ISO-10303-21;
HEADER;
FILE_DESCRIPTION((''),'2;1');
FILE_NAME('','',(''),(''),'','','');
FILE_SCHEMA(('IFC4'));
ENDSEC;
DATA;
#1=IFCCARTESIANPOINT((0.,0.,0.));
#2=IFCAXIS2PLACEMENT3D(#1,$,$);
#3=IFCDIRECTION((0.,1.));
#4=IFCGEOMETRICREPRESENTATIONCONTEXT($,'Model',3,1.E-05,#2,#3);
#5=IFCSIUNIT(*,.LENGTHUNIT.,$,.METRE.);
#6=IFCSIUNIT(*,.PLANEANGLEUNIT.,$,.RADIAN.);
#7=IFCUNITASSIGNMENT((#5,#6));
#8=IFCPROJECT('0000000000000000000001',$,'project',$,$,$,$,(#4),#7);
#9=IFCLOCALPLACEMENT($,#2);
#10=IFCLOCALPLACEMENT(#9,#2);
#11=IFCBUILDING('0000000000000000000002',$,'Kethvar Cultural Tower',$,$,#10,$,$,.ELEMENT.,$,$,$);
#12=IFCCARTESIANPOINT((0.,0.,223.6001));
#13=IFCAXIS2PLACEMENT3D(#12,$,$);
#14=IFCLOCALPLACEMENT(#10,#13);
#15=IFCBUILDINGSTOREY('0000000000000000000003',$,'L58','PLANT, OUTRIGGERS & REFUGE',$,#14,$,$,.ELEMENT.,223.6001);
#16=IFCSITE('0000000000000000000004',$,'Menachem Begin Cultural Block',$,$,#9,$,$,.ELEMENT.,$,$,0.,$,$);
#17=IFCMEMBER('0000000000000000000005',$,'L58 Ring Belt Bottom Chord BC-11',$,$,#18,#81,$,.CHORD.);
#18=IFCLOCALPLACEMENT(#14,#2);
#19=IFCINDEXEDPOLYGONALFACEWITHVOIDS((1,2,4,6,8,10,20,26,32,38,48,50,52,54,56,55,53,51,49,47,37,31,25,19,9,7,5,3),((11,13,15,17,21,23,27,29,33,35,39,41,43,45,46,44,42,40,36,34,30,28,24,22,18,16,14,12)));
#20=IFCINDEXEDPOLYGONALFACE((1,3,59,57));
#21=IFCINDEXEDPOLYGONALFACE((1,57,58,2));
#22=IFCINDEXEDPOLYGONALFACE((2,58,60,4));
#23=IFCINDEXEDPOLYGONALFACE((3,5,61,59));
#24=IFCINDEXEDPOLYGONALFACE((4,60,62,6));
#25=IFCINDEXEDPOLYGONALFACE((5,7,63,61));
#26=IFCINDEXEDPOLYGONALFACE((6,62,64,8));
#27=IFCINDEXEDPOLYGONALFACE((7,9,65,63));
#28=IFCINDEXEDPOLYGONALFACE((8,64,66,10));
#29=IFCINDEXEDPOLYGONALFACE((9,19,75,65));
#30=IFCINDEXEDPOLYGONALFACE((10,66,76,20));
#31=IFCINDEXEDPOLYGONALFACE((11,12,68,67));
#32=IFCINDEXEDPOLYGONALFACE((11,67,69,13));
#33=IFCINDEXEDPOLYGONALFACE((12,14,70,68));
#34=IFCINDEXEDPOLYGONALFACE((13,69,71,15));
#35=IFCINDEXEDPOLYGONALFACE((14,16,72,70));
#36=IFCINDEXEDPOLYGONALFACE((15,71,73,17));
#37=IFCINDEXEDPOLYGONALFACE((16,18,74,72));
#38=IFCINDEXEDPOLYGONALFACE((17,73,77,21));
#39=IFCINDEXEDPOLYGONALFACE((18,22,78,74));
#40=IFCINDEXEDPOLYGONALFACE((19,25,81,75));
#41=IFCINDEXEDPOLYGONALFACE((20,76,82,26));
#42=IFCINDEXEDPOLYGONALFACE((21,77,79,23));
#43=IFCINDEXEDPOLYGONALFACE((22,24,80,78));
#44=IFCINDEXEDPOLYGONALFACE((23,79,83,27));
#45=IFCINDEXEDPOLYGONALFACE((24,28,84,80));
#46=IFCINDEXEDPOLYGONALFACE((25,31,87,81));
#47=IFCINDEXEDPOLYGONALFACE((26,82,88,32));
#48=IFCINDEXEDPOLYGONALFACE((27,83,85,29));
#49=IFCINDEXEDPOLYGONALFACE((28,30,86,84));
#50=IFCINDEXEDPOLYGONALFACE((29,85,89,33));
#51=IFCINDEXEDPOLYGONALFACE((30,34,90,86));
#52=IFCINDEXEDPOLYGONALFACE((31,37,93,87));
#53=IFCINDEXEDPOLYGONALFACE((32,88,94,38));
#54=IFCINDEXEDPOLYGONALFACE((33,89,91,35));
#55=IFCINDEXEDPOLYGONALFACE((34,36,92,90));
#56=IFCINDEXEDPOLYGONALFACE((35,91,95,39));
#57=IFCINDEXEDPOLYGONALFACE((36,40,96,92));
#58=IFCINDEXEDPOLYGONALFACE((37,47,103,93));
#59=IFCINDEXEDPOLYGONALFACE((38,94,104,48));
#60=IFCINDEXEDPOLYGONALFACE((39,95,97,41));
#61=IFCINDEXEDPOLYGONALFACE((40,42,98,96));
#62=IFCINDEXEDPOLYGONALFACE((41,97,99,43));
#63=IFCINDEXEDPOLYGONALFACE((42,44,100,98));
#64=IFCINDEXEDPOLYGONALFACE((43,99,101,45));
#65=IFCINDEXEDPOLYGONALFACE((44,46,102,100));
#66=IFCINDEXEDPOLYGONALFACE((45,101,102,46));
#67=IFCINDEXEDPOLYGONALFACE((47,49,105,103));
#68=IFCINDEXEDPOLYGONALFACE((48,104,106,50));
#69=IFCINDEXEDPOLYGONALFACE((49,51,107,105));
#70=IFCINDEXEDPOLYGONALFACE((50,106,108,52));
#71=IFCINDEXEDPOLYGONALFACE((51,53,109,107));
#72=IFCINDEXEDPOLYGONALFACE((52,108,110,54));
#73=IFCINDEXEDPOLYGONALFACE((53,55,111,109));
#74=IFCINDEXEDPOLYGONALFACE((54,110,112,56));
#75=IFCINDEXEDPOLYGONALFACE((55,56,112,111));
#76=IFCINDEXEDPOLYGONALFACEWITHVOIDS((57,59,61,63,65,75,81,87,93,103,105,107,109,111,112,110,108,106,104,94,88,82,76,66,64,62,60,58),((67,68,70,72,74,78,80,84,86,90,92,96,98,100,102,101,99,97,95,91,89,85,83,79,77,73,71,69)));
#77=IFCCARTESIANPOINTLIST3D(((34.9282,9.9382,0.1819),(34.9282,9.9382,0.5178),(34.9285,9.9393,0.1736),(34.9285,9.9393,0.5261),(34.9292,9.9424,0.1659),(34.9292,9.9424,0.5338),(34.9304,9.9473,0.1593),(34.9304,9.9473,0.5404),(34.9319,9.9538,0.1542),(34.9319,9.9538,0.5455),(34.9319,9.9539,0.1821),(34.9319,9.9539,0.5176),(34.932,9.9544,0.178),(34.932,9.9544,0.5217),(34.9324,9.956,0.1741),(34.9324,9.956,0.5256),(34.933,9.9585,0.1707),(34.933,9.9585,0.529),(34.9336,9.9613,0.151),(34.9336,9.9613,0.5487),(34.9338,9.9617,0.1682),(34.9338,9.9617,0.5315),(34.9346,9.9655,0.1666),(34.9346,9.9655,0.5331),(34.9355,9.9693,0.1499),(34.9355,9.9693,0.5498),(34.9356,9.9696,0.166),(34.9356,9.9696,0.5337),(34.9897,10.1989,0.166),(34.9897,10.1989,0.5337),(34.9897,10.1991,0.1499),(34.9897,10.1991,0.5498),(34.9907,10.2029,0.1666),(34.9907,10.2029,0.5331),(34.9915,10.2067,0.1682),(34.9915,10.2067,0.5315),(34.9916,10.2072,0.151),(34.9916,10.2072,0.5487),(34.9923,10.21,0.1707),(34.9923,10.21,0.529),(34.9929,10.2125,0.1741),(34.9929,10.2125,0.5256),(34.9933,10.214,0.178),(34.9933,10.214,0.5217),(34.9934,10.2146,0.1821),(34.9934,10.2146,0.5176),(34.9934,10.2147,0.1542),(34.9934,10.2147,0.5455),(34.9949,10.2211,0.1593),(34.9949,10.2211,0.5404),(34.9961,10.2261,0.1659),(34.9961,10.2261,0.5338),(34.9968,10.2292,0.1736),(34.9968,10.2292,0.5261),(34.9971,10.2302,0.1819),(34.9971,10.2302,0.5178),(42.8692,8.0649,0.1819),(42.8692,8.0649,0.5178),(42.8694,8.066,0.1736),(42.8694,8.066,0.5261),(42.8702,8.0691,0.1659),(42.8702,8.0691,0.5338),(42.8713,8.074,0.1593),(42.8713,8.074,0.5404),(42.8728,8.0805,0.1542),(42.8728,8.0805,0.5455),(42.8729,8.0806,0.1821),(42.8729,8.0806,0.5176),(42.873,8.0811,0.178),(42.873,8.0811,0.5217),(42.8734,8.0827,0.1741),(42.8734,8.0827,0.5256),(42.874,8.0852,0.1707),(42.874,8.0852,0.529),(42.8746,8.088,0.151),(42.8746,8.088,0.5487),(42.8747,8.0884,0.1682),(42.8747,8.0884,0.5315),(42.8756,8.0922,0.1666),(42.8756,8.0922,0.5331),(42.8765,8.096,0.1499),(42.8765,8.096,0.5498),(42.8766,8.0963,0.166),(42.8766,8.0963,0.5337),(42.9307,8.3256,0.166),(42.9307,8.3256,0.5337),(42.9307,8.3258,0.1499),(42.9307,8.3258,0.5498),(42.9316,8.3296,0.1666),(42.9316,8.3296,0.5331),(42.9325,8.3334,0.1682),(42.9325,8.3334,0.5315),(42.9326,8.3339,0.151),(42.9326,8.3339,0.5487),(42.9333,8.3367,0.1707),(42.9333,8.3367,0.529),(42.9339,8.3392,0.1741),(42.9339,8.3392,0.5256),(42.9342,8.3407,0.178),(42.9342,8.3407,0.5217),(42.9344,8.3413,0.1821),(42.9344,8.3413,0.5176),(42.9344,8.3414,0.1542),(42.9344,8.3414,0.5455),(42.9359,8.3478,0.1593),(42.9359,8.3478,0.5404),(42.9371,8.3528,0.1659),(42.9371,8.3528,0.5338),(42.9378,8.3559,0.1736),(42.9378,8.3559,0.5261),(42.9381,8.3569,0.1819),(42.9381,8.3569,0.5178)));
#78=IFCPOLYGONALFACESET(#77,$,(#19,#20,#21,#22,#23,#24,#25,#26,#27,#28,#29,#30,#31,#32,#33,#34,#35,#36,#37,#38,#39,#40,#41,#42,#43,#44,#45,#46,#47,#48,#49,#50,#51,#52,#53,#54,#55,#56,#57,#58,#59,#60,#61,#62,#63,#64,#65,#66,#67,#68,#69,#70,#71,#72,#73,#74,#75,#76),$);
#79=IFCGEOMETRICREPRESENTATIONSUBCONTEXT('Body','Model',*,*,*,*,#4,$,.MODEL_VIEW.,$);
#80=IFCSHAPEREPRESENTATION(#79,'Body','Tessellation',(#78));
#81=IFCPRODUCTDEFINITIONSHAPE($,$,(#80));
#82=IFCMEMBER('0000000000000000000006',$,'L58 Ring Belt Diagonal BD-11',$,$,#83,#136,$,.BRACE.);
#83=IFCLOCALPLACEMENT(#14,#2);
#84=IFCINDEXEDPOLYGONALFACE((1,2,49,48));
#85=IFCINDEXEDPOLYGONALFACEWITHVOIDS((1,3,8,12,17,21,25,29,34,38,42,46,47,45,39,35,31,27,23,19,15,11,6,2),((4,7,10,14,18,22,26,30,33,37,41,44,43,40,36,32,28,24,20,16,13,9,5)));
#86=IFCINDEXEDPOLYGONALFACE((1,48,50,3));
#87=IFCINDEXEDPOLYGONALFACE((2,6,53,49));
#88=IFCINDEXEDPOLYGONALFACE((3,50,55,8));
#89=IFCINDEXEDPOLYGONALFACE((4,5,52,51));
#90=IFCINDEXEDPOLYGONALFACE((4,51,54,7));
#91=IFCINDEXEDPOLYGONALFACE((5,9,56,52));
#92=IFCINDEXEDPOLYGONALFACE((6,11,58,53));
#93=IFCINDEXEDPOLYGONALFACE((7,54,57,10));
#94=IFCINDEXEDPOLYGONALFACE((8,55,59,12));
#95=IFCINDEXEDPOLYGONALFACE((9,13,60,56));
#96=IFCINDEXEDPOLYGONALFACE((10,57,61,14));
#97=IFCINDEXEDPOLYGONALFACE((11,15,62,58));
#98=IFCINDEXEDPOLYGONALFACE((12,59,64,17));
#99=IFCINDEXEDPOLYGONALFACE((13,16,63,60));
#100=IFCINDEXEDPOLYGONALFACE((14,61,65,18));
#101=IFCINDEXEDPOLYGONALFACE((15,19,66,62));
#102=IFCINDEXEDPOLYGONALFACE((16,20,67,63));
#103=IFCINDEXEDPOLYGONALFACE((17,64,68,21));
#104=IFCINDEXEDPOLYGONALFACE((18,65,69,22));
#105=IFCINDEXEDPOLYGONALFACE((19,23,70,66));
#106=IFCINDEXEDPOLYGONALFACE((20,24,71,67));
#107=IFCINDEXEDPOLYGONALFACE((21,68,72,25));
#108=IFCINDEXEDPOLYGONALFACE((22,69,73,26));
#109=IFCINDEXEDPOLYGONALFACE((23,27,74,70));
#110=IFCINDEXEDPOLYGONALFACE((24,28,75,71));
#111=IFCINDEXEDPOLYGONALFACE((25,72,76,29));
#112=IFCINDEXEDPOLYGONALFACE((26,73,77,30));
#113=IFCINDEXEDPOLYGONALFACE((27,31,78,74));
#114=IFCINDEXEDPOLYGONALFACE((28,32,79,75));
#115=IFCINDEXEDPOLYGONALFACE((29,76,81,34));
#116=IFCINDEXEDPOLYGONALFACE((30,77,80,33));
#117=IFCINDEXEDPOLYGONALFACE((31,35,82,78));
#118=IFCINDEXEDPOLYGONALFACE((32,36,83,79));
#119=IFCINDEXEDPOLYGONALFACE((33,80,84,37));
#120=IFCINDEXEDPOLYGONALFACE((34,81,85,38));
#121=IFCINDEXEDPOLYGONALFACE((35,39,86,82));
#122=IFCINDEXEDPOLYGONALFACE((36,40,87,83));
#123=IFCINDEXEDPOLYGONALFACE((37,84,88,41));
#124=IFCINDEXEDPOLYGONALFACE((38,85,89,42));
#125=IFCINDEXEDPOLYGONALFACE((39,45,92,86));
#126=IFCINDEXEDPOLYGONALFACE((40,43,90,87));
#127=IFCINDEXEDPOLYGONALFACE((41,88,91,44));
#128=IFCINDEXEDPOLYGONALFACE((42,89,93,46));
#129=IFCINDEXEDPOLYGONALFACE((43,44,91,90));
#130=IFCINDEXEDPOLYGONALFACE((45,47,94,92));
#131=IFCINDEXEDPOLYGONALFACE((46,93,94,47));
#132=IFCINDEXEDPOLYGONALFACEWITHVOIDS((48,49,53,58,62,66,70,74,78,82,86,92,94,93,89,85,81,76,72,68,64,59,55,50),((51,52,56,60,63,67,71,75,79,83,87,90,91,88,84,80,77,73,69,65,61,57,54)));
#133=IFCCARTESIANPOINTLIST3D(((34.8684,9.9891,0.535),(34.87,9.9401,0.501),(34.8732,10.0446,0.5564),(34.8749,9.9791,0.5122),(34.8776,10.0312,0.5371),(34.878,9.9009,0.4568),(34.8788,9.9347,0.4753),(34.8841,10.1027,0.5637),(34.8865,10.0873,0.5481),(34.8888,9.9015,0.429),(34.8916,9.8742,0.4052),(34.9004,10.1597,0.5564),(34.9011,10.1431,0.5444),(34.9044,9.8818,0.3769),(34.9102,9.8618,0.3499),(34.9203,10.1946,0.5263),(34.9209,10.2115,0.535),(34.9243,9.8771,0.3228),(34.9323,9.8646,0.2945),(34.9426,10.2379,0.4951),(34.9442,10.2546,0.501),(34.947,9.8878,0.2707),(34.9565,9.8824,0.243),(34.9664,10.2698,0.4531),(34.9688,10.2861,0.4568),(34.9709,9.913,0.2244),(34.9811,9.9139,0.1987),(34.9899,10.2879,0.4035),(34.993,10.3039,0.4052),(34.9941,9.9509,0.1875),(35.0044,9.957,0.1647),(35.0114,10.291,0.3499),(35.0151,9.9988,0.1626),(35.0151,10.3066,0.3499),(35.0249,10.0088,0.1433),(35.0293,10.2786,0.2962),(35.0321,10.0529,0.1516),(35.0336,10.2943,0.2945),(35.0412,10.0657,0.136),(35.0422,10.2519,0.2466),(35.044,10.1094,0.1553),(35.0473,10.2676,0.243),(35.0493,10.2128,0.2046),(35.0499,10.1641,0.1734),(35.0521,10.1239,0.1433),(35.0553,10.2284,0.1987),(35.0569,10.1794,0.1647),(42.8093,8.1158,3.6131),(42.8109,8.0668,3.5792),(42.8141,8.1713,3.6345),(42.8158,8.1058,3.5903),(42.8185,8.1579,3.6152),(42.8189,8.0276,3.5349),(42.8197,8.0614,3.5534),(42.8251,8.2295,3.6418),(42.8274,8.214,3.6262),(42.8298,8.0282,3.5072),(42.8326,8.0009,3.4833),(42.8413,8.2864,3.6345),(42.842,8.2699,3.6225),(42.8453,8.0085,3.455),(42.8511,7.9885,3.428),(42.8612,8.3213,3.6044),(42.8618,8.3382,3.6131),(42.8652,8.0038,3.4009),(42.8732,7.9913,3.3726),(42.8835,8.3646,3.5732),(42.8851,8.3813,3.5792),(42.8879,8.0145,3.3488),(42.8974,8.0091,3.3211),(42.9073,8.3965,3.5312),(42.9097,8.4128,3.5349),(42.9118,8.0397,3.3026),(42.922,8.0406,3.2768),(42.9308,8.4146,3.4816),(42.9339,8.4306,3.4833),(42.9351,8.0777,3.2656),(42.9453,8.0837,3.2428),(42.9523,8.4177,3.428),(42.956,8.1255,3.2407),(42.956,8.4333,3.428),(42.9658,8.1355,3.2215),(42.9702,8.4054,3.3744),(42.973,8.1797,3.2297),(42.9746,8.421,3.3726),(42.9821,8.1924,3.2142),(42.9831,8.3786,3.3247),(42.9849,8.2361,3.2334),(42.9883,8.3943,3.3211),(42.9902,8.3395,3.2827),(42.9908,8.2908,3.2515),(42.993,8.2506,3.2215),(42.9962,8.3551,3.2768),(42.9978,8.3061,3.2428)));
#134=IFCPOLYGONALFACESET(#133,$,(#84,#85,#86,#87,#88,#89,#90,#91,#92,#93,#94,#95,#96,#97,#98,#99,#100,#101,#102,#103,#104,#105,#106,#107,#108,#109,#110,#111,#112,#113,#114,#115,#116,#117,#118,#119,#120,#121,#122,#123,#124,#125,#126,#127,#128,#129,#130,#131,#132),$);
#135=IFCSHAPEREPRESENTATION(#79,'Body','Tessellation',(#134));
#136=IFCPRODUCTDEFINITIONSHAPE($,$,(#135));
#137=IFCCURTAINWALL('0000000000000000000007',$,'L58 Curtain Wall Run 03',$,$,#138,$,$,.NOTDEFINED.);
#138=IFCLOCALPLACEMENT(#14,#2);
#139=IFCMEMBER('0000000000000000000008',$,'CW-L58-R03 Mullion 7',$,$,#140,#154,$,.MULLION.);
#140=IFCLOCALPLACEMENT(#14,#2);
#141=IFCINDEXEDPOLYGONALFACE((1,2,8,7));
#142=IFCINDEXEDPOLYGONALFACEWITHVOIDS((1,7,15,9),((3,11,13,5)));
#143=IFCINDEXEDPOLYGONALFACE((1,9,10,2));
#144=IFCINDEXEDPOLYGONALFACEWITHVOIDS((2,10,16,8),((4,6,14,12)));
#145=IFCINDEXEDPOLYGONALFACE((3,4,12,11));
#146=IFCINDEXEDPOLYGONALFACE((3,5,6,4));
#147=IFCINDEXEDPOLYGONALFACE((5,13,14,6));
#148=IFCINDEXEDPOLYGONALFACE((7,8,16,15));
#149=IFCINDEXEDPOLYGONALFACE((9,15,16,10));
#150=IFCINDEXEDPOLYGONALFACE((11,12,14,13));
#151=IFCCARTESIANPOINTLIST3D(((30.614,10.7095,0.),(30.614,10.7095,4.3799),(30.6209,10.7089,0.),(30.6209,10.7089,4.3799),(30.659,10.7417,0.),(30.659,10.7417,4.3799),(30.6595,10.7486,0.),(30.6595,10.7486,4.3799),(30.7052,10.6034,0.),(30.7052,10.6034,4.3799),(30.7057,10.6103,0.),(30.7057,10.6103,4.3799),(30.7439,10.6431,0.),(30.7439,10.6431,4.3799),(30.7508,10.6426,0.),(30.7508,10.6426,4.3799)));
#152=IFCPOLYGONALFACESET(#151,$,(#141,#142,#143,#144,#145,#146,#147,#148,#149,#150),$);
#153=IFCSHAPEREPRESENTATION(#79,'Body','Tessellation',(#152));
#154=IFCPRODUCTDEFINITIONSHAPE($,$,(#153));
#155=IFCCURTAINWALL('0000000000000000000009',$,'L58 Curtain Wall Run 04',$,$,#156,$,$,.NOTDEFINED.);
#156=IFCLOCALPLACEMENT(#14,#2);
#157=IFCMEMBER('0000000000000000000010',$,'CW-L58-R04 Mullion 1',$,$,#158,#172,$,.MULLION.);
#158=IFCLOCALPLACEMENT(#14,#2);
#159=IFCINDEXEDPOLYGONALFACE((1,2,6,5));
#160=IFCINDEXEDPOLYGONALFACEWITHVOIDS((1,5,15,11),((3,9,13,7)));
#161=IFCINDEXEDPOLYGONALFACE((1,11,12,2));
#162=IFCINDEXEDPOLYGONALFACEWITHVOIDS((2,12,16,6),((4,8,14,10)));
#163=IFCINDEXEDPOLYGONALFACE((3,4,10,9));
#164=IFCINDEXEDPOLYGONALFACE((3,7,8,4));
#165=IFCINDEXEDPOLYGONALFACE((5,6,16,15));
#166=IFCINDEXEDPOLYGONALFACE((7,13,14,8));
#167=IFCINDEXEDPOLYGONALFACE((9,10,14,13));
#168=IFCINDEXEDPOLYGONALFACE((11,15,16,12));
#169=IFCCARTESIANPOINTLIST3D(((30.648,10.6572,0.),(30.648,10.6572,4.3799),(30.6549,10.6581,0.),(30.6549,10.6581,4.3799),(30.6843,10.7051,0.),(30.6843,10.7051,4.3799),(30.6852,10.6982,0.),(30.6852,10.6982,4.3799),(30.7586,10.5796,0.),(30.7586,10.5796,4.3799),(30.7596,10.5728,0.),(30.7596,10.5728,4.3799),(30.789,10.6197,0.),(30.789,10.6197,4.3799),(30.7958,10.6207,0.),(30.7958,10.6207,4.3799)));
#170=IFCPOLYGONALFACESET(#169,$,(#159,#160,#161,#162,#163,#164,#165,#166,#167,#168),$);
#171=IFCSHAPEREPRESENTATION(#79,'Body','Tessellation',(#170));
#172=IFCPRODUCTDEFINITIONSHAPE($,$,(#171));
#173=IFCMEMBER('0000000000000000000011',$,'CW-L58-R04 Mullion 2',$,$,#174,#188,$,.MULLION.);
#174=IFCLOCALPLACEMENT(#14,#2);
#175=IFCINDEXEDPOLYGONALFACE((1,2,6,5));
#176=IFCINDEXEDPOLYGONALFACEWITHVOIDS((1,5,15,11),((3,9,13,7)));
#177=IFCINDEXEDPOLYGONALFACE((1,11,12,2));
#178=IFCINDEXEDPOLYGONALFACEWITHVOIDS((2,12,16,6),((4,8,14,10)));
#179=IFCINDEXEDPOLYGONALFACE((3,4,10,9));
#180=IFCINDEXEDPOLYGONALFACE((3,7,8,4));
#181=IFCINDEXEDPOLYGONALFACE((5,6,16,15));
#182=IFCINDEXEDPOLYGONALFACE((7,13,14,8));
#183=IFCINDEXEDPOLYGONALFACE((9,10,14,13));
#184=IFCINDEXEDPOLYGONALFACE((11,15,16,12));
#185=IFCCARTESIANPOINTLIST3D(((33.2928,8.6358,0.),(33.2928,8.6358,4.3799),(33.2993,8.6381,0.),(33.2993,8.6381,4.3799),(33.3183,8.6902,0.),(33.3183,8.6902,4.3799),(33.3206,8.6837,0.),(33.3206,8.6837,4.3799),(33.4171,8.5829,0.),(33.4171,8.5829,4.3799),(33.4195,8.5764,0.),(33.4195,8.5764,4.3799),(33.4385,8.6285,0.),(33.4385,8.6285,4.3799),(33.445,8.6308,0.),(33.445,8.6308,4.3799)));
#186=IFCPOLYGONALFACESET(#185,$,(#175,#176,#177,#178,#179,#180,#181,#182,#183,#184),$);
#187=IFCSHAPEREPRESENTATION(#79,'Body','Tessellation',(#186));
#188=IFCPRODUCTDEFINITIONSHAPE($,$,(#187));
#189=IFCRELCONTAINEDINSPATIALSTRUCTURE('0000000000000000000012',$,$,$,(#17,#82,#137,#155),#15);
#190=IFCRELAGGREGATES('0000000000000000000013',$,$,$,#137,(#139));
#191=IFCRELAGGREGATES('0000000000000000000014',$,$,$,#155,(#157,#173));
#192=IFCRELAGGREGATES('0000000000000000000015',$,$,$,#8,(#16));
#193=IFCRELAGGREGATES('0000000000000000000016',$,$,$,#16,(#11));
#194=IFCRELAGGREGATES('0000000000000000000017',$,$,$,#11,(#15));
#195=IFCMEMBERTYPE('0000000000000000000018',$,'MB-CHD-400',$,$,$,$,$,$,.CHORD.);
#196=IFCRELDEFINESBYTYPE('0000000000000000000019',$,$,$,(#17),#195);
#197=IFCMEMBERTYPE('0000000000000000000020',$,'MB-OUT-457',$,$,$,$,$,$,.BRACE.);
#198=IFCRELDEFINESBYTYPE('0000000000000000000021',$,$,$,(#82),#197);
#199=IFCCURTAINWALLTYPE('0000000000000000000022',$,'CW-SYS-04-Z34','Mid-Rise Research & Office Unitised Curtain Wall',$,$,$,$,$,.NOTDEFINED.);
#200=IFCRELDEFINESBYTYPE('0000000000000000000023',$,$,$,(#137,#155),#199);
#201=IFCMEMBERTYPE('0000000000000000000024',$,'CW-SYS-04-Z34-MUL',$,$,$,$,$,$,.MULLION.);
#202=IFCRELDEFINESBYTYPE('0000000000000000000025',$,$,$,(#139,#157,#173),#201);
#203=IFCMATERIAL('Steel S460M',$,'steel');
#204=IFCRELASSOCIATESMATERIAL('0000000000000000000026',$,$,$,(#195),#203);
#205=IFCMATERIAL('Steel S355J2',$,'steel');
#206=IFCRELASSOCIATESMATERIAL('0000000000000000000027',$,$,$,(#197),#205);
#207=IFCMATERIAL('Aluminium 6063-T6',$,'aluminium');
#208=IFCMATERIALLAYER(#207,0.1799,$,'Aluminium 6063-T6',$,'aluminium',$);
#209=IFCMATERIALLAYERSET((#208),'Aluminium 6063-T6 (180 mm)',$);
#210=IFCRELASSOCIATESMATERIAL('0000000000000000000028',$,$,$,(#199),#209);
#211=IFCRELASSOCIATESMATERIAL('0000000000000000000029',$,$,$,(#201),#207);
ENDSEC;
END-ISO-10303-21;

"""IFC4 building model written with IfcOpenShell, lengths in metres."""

from ifc_helpers import new_model, si_unit, direction, frame, origin, origin_2d, place, context, subcontext, project, spatial, hollow_rectangle, hollow_circle, extrude, source, transform, mapped, material, layer, layer_set, material_profile, profile_set, type_object, element, aggregate, save


model = new_model("IFC4")

# Units and contexts
model_context = context("Model", 3, precision=1e-05, world=origin(), true_north=direction((0.0, 1.0)))
body_context = subcontext(model_context, "Body", "Model", "MODEL_VIEW")
ifc_project = project(units=[si_unit("LENGTHUNIT", "METRE"), si_unit("PLANEANGLEUNIT", "RADIAN")], contexts=[model_context])

# Site, building, storey
site_placement = place(None, origin())
site = spatial("IfcSite", under=ifc_project, at=site_placement, Name="Menachem Begin Cultural Block", CompositionType="ELEMENT", RefElevation=0.0)
building_placement = place(site_placement, origin())
building = spatial("IfcBuilding", under=site, at=building_placement, Name="Kethvar Cultural Tower", CompositionType="ELEMENT")
storey_placement = place(building_placement, frame((0.0, 0.0, 223.6001)))
storey = spatial("IfcBuildingStorey", under=building, at=storey_placement, Name="L58", Description="PLANT, OUTRIGGERS & REFUGE", CompositionType="ELEMENT", Elevation=223.6001)

# Shared definitions
ifc_material_1 = material(Name="Steel S460M", Category="steel")

# Shared definitions
ifc_material_profile_1 = material_profile(ifc_material_1, hollow_rectangle(XDim=0.3, YDim=0.3999, WallThickness=0.0161, InnerFilletRadius=0.0161, OuterFilletRadius=0.032, at=origin_2d()), Name="Steel S460M — RHS400x300x16")
ifc_profile_set_1 = profile_set([ifc_material_profile_1], Name="Steel S460M — RHS400x300x16")
member_type_1 = type_object("IfcMemberType", Name="MB-CHD-400", PredefinedType="CHORD", material=ifc_profile_set_1)
ifc_material_2 = material(Name="Steel S355J2", Category="steel")
ifc_material_profile_2 = material_profile(ifc_material_2, hollow_circle(Radius=0.2285, WallThickness=0.0161, at=origin_2d()), Name="Steel S355J2 — CHS457x16")
ifc_profile_set_2 = profile_set([ifc_material_profile_2], Name="Steel S355J2 — CHS457x16")
member_type_2 = type_object("IfcMemberType", Name="MB-OUT-457", PredefinedType="BRACE", material=ifc_profile_set_2)

# Members
shared_shape_1 = source(origin(), body_context, "Body", "SweptSolid", [
    extrude(hollow_rectangle(XDim=0.3, YDim=0.3999, WallThickness=0.0161, InnerFilletRadius=0.0161, OuterFilletRadius=0.032, at=origin_2d()), origin(), (0.0, 0.0, 1.0), 8.1589),
])
member_1_placement = place(storey_placement, frame((34.9626, 10.0842, 0.3499), z_axis=(0.973285, -0.229601, 0.0), x_axis=(0.229601, 0.973285, 0.0)))
element("IfcMember", 1, at=member_1_placement, inside=storey, type_object=member_type_1, Name="L58 Ring Belt Bottom Chord BC-11", PredefinedType="CHORD", context=body_context, shape_type="MappedRepresentation", body=[
    mapped(shared_shape_1, transform((0.0, 0.0, 0.0), scale=1.0)),
])
shared_shape_2 = source(origin(), body_context, "Body", "SweptSolid", [
    extrude(hollow_circle(Radius=0.2285, WallThickness=0.0161, at=origin_2d()), origin(), (0.0, 0.0, 1.0), 8.7202),
])
member_2_placement = place(storey_placement, frame((34.9626, 10.0842, 0.3499), z_axis=(0.910633, -0.214822, 0.352987), x_axis=(0.229601, 0.973285, 0.0)))
element("IfcMember", 2, at=member_2_placement, inside=storey, type_object=member_type_2, Name="L58 Ring Belt Diagonal BD-11", PredefinedType="BRACE", context=body_context, shape_type="MappedRepresentation", body=[
    mapped(shared_shape_2, transform((0.0, 0.0, 0.0), scale=1.0)),
])

# Curtain wall, member
ifc_material_3 = material(Name="Aluminium 6063-T6", Category="aluminium")
ifc_layer_1 = layer(ifc_material_3, 0.1799, Name="Aluminium 6063-T6", Category="aluminium")
ifc_layer_set_1 = layer_set([ifc_layer_1], Name="Aluminium 6063-T6 (180 mm)")
curtain_wall_type = type_object("IfcCurtainWallType", Name="CW-SYS-04-Z34", Description="Mid-Rise Research & Office Unitised Curtain Wall", PredefinedType="NOTDEFINED", material=ifc_layer_set_1)
curtain_wall_1_placement = place(storey_placement, origin())
curtain_wall_1 = element("IfcCurtainWall", 3, at=curtain_wall_1_placement, inside=storey, type_object=curtain_wall_type, Name="L58 Curtain Wall Run 03", PredefinedType="NOTDEFINED")
ifc_material_profile_3 = material_profile(ifc_material_3, hollow_rectangle(XDim=0.0601, YDim=0.1399, WallThickness=0.0049, at=origin_2d()), Name="Aluminium 6063-T6 — RHS140x60x5")
ifc_profile_set_3 = profile_set([ifc_material_profile_3], Name="Aluminium 6063-T6 — RHS140x60x5")
member_type_3 = type_object("IfcMemberType", Name="CW-SYS-04-Z34-MUL", PredefinedType="MULLION", material=ifc_profile_set_3)
shared_shape_3 = source(origin(), body_context, "Body", "SweptSolid", [
    extrude(hollow_rectangle(XDim=0.0601, YDim=0.1399, WallThickness=0.0049, at=origin_2d()), origin(), (0.0, 0.0, 1.0), 4.3799),
])
member_3_placement = place(storey_placement, frame((30.6824, 10.676, 0.0), z_axis=(0.0, 0.0, 1.0), x_axis=(0.758043, 0.652204, 0.0)))
member_3 = element("IfcMember", 4, at=member_3_placement, type_object=member_type_3, Name="CW-L58-R03 Mullion 7", PredefinedType="MULLION", context=body_context, shape_type="MappedRepresentation", body=[
    mapped(shared_shape_3, transform((0.0, 0.0, 0.0), scale=1.0)),
])

# Curtain wall, members
curtain_wall_2_placement = place(storey_placement, origin())
curtain_wall_2 = element("IfcCurtainWall", 5, at=curtain_wall_2_placement, inside=storey, type_object=curtain_wall_type, Name="L58 Curtain Wall Run 04", PredefinedType="NOTDEFINED")
member_4_placement = place(storey_placement, frame((30.7219, 10.6389, 0.0), z_axis=(0.0, 0.0, 1.0), x_axis=(0.603319, 0.7975, 0.0)))
member_4 = element("IfcMember", 6, at=member_4_placement, type_object=member_type_3, Name="CW-L58-R04 Mullion 1", PredefinedType="MULLION", context=body_context, shape_type="MappedRepresentation", body=[
    mapped(shared_shape_3, transform((0.0, 0.0, 0.0), scale=1.0)),
])
member_5_placement = place(storey_placement, frame((33.3689, 8.6333, 0.0), z_axis=(0.0, 0.0, 1.0), x_axis=(0.424215, 0.905561, 0.0)))
member_5 = element("IfcMember", 7, at=member_5_placement, type_object=member_type_3, Name="CW-L58-R04 Mullion 2", PredefinedType="MULLION", context=body_context, shape_type="MappedRepresentation", body=[
    mapped(shared_shape_3, transform((0.0, 0.0, 0.0), scale=1.0)),
])

aggregate(curtain_wall_1, [member_3])
aggregate(curtain_wall_2, [member_4, member_5])

save(model, "model.ifc")
